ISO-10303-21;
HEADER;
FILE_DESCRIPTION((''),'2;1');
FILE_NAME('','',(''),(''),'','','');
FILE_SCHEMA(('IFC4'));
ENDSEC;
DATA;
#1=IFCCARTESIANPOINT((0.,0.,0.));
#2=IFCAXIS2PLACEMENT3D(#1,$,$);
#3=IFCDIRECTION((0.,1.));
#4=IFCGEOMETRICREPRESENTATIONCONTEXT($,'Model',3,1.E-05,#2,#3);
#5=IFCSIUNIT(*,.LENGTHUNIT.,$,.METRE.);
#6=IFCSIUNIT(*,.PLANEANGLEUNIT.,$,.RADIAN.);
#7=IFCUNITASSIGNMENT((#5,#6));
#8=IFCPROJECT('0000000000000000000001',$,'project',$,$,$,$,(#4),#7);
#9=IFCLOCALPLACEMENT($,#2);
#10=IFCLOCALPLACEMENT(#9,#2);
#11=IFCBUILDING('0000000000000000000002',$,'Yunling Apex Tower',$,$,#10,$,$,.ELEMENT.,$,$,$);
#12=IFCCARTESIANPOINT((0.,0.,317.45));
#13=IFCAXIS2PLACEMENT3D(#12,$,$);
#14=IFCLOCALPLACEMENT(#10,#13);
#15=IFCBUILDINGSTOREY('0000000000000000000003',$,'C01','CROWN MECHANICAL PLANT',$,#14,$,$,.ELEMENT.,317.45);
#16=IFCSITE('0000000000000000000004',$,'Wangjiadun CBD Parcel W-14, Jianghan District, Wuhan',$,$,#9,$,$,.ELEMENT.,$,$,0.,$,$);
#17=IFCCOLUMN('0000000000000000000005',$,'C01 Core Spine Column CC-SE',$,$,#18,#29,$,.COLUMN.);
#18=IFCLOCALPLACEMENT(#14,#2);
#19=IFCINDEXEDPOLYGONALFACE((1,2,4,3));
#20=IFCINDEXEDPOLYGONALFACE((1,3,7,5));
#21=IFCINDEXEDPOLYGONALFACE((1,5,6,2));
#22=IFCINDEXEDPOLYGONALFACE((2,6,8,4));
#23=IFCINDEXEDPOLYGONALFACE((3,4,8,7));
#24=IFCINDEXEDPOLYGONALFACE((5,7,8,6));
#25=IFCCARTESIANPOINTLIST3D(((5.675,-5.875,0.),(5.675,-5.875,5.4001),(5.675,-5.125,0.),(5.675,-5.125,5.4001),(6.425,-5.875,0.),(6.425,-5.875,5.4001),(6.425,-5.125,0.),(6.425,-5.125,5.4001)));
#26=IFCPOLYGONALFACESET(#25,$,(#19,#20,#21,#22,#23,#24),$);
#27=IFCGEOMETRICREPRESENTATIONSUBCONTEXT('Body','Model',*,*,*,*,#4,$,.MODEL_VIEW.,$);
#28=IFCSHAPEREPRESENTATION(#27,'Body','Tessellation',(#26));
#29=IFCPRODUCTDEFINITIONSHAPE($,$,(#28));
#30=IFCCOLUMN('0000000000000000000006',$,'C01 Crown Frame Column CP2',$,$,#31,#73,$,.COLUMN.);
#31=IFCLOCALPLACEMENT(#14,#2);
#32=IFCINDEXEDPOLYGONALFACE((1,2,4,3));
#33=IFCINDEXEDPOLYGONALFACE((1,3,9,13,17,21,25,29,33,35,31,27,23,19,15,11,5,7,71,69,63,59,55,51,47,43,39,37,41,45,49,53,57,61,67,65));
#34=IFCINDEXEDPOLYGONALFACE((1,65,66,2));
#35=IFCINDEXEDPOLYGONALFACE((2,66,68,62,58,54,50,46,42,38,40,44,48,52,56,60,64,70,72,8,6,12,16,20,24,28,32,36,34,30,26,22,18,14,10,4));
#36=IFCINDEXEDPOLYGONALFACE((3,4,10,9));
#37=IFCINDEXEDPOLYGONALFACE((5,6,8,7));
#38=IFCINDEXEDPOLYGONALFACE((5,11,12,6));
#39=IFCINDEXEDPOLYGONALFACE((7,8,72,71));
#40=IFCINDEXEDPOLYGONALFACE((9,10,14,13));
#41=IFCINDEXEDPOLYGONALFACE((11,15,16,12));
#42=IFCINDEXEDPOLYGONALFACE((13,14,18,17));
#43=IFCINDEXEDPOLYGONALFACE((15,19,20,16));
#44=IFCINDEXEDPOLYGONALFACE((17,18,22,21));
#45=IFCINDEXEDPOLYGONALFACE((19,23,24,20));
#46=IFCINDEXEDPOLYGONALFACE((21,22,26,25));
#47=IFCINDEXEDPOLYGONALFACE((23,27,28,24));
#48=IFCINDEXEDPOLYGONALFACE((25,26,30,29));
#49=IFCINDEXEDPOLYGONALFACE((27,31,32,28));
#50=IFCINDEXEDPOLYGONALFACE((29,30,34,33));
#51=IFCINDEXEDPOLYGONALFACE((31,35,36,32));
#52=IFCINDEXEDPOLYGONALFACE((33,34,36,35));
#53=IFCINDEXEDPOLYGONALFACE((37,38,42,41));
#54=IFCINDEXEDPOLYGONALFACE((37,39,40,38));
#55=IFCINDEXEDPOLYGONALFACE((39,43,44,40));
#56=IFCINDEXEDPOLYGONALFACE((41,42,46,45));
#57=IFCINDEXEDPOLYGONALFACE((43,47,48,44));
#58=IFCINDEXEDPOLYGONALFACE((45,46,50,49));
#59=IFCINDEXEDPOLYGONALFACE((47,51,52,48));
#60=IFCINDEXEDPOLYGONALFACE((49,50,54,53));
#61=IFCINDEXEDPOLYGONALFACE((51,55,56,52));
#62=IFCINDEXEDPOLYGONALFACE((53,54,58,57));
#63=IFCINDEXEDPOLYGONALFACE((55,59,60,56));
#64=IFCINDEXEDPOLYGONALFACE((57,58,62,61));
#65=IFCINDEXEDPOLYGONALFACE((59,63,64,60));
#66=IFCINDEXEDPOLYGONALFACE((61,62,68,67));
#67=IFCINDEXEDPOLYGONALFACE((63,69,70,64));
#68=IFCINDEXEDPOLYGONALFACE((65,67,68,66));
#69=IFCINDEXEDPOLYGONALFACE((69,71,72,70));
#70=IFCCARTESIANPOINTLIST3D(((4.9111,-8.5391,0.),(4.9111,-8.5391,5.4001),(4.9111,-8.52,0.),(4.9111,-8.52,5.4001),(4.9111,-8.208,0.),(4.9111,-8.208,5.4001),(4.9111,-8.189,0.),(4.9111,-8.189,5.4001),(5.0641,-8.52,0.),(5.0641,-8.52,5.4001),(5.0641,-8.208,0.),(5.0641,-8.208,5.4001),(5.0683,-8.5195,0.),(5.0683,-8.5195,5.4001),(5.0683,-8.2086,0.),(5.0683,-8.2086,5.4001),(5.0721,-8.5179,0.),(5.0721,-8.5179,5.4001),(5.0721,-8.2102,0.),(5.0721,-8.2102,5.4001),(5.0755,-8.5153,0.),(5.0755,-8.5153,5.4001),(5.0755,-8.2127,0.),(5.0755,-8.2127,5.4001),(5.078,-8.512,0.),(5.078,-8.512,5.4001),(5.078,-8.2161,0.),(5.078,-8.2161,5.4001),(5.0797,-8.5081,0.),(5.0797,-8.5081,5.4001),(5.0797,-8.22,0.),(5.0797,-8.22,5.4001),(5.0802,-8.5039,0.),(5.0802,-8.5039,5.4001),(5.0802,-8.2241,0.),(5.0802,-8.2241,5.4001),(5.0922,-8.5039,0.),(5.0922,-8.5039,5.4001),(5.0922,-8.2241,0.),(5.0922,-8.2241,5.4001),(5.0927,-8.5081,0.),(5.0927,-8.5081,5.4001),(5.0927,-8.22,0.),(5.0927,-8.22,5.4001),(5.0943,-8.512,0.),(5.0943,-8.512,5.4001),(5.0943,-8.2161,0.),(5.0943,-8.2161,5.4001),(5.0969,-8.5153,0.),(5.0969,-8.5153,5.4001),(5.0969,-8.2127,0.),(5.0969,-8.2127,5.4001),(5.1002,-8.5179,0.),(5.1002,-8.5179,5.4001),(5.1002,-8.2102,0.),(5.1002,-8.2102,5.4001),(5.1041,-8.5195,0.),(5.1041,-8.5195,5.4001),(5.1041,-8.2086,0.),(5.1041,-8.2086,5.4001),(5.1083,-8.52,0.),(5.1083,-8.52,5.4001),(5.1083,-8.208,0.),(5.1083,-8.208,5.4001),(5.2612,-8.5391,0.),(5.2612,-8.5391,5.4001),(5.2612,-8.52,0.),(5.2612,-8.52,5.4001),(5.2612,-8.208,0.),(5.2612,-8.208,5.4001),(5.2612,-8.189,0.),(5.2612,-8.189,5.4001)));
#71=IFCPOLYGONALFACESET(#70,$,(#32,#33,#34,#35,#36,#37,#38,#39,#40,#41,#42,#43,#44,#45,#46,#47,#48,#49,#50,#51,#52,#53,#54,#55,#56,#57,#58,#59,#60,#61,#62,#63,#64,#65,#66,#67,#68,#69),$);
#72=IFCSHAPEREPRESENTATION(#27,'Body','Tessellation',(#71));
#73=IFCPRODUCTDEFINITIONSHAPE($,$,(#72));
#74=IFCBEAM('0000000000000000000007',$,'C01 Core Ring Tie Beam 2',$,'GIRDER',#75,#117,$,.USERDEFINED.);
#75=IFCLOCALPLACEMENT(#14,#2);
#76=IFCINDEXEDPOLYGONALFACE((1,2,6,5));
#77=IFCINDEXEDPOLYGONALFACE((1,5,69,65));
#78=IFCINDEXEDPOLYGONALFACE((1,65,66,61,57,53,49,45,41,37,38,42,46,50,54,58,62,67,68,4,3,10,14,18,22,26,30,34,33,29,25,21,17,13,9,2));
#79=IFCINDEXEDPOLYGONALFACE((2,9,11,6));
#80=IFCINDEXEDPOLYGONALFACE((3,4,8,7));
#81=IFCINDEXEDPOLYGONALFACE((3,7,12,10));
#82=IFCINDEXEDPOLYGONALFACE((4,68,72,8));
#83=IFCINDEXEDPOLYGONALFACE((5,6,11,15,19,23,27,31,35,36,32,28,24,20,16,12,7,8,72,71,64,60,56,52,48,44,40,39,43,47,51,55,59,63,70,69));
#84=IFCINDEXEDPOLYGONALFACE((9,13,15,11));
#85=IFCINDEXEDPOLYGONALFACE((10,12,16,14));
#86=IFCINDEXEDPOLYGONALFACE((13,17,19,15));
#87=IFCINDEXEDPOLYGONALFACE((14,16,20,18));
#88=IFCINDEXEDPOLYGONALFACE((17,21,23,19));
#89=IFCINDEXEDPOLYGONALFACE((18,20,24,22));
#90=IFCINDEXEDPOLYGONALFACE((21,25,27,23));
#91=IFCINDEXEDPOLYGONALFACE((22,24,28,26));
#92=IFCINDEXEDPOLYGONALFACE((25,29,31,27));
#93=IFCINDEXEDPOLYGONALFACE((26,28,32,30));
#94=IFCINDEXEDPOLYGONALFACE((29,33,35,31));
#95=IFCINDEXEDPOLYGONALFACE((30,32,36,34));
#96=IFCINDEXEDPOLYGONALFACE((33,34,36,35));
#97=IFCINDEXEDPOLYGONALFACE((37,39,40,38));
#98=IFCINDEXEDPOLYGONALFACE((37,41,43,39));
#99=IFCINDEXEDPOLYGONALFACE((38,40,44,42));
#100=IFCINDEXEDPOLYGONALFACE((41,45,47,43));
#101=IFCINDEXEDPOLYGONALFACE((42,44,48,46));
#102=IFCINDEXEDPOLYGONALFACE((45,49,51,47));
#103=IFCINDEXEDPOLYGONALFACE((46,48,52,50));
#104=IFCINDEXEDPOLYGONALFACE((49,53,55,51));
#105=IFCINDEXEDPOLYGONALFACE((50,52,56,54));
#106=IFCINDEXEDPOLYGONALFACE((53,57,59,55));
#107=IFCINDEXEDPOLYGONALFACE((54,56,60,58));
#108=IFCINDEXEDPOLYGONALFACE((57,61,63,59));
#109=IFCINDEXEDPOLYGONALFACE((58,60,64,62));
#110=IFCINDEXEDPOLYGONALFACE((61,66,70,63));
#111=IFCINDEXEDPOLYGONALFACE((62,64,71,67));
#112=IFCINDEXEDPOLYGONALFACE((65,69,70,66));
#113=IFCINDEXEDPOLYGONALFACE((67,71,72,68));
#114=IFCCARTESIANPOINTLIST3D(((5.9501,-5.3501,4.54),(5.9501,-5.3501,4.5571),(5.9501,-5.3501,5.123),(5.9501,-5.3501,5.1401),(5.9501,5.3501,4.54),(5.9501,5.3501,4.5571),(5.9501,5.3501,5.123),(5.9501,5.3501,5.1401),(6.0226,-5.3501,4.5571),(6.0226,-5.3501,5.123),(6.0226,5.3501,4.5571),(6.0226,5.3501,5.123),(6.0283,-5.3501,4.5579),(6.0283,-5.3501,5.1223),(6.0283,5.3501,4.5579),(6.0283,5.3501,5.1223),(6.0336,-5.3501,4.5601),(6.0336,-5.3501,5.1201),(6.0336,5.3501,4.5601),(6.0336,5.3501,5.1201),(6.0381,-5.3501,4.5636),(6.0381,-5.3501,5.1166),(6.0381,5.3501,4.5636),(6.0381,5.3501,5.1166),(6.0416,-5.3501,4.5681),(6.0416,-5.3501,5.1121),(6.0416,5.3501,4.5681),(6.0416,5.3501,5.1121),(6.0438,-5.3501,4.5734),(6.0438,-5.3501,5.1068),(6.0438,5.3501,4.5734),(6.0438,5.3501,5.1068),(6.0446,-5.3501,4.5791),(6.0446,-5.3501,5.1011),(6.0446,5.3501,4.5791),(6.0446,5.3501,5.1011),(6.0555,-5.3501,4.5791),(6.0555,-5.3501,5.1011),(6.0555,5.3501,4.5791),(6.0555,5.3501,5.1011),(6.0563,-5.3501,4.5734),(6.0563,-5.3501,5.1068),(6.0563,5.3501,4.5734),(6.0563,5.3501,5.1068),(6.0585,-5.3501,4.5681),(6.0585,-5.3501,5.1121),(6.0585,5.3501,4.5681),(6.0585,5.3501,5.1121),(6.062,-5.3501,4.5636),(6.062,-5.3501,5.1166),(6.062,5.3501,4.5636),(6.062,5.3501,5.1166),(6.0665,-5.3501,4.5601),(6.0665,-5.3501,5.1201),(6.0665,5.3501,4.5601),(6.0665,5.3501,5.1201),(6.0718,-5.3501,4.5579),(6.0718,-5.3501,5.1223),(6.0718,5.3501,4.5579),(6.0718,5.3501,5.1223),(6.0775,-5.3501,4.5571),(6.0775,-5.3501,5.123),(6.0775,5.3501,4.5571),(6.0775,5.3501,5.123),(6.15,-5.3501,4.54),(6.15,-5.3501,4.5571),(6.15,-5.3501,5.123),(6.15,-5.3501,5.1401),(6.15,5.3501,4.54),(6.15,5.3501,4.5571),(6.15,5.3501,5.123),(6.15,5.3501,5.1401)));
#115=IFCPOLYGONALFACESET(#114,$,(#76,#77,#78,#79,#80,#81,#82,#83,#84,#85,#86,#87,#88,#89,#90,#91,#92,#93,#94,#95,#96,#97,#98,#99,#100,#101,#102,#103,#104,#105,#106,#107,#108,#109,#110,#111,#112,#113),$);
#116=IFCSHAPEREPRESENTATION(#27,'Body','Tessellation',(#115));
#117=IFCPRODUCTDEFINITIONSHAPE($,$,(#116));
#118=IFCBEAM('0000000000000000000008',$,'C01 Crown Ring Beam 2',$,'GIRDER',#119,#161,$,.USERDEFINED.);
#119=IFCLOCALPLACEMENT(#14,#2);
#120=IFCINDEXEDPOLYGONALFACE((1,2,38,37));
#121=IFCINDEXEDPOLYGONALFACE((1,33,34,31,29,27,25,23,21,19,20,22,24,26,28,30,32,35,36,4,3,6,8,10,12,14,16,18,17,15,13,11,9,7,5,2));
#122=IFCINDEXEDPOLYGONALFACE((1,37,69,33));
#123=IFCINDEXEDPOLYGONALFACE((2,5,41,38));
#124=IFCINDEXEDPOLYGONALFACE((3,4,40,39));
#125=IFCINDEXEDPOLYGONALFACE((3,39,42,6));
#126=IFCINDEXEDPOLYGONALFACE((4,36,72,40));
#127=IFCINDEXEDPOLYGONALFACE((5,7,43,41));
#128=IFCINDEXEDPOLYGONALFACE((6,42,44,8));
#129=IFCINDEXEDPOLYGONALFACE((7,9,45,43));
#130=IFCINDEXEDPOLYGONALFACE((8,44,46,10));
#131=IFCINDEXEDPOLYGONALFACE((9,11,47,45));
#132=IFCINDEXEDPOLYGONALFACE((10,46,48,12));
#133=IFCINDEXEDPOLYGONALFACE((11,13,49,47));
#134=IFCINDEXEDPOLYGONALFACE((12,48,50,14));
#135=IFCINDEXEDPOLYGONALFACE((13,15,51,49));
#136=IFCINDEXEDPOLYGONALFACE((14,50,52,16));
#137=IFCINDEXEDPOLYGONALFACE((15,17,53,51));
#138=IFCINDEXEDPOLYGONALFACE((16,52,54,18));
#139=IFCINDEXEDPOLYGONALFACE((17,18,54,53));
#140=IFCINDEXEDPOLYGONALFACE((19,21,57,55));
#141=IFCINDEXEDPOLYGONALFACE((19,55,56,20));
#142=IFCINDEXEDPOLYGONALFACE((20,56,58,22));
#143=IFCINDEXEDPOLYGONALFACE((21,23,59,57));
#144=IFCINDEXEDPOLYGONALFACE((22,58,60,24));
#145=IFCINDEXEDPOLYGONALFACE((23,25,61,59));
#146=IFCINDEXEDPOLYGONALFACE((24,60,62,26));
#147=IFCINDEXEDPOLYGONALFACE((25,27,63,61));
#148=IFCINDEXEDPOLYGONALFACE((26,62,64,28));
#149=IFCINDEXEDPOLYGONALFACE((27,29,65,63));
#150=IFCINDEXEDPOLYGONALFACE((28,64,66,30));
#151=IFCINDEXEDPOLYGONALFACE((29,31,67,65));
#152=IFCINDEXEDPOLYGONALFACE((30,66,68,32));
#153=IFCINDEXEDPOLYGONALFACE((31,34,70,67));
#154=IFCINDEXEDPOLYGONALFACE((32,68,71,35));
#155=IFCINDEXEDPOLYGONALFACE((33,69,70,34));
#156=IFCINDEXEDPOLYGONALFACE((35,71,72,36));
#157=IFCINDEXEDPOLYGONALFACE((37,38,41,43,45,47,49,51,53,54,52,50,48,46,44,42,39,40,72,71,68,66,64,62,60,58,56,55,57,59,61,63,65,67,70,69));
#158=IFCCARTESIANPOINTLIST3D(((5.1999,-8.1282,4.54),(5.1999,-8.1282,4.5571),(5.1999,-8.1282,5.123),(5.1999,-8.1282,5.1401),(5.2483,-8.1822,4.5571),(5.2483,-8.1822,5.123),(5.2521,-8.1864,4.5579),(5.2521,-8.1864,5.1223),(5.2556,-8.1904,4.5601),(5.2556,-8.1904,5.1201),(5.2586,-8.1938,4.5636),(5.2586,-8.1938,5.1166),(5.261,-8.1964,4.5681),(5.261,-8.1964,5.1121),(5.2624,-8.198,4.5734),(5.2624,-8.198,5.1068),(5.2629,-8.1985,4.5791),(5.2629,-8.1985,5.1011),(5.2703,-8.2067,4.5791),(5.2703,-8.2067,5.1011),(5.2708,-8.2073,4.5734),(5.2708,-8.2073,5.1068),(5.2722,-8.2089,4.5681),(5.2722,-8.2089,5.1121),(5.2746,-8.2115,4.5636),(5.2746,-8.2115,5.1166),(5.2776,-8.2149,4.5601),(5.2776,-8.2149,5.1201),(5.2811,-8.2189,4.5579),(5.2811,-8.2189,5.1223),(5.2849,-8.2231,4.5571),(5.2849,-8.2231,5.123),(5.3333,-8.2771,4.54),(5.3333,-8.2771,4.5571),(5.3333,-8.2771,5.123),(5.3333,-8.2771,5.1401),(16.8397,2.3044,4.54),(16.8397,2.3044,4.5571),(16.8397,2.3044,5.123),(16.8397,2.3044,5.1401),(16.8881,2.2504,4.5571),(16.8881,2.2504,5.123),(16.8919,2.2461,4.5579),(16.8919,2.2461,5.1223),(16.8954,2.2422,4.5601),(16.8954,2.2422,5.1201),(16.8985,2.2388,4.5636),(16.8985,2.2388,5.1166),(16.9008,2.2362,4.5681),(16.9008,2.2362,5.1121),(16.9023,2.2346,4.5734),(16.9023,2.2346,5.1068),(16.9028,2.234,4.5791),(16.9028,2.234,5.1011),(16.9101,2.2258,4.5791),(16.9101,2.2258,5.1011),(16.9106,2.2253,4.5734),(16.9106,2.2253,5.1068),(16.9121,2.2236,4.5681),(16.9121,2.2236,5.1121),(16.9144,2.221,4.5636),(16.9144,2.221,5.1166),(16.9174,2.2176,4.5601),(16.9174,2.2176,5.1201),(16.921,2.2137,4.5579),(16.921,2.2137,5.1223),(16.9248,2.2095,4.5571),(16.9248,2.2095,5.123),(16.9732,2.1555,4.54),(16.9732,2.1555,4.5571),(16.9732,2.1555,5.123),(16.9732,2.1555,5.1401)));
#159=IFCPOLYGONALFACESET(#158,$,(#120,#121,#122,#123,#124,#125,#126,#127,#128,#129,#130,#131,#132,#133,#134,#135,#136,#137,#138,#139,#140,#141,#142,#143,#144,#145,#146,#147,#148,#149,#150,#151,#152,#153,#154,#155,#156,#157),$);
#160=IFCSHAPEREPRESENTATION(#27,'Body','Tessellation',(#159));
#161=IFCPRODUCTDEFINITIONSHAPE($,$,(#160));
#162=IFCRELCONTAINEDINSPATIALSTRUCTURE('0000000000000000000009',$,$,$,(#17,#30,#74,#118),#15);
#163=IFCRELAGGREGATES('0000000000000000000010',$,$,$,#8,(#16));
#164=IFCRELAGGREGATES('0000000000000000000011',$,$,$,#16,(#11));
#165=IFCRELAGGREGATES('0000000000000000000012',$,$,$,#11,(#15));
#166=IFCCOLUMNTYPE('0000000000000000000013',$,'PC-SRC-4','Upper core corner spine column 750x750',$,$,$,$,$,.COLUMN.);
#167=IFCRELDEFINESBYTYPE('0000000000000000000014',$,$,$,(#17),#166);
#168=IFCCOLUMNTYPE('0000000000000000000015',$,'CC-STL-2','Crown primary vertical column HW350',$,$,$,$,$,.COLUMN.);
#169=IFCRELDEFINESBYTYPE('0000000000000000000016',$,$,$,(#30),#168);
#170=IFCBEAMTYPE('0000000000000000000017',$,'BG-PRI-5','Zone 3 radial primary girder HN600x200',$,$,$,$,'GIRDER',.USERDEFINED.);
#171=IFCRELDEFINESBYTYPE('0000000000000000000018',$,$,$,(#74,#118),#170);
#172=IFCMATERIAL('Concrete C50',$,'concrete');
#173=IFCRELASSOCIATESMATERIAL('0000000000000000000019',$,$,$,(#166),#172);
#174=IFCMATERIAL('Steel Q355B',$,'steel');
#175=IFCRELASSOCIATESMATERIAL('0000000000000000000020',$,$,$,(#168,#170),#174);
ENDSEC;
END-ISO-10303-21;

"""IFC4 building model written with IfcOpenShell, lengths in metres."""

from ifc_helpers import new_model, si_unit, direction, frame, origin, origin_2d, place, context, subcontext, project, spatial, rectangle, i_section, extrude, source, transform, mapped, material, material_profile, profile_set, type_object, element, save


model = new_model("IFC4")

# Units and contexts
model_context = context("Model", 3, precision=1e-05, world=origin(), true_north=direction((0.0, 1.0)))
body_context = subcontext(model_context, "Body", "Model", "MODEL_VIEW")
ifc_project = project(units=[si_unit("LENGTHUNIT", "METRE"), si_unit("PLANEANGLEUNIT", "RADIAN")], contexts=[model_context])

# Site, building, storey
site_placement = place(None, origin())
site = spatial("IfcSite", under=ifc_project, at=site_placement, Name="Wangjiadun CBD Parcel W-14, Jianghan District, Wuhan", CompositionType="ELEMENT", RefElevation=0.0)
building_placement = place(site_placement, origin())
building = spatial("IfcBuilding", under=site, at=building_placement, Name="Yunling Apex Tower", CompositionType="ELEMENT")
storey_placement = place(building_placement, frame((0.0, 0.0, 317.45)))
storey = spatial("IfcBuildingStorey", under=building, at=storey_placement, Name="C01", Description="CROWN MECHANICAL PLANT", CompositionType="ELEMENT", Elevation=317.45)

# Columns
ifc_material_1 = material(Name="Concrete C50", Category="concrete")
ifc_material_profile_1 = material_profile(ifc_material_1, rectangle(XDim=0.75, YDim=0.75, at=origin_2d()))
ifc_profile_set_1 = profile_set([ifc_material_profile_1], Name="Concrete C50")
column_type_1 = type_object("IfcColumnType", Name="PC-SRC-4", Description="Upper core corner spine column 750x750", PredefinedType="COLUMN", material=ifc_profile_set_1)
shared_shape_1 = source(origin(), body_context, "Body", "SweptSolid", [
    extrude(rectangle(XDim=0.75, YDim=0.75, at=origin_2d()), origin(), (0.0, 0.0, 1.0), 5.4001),
])
column_1_placement = place(storey_placement, frame((6.05, -5.5, 0.0), z_axis=(0.0, 0.0, 1.0), x_axis=(1.0, 0.0, 0.0)))
element("IfcColumn", 1, at=column_1_placement, inside=storey, type_object=column_type_1, Name="C01 Core Spine Column CC-SE", PredefinedType="COLUMN", context=body_context, shape_type="MappedRepresentation", body=[
    mapped(shared_shape_1, transform((0.0, 0.0, 0.0), scale=1.0)),
])
ifc_material_2 = material(Name="Steel Q355B", Category="steel")
ifc_material_profile_2 = material_profile(ifc_material_2, i_section(OverallWidth=0.3501, OverallDepth=0.3501, WebThickness=0.012, FlangeThickness=0.019, FilletRadius=0.0161, at=origin_2d()))
ifc_profile_set_2 = profile_set([ifc_material_profile_2], Name="Steel Q355B")
column_type_2 = type_object("IfcColumnType", Name="CC-STL-2", Description="Crown primary vertical column HW350", PredefinedType="COLUMN", material=ifc_profile_set_2)
shared_shape_2 = source(origin(), body_context, "Body", "SweptSolid", [
    extrude(i_section(OverallWidth=0.3501, OverallDepth=0.3501, WebThickness=0.012, FlangeThickness=0.019, FilletRadius=0.0161, at=origin_2d()), origin(), (0.0, 0.0, 1.0), 5.4001),
])
column_2_placement = place(storey_placement, frame((5.0862, -8.364, 0.0), z_axis=(0.0, 0.0, 1.0), x_axis=(1.0, 0.0, 0.0)))
element("IfcColumn", 2, at=column_2_placement, inside=storey, type_object=column_type_2, Name="C01 Crown Frame Column CP2", PredefinedType="COLUMN", context=body_context, shape_type="MappedRepresentation", body=[
    mapped(shared_shape_2, transform((0.0, 0.0, 0.0), scale=1.0)),
])

# Beams
ifc_material_profile_3 = material_profile(ifc_material_2, i_section(OverallWidth=0.2, OverallDepth=0.6001, WebThickness=0.011, FlangeThickness=0.0171, FilletRadius=0.022, at=origin_2d()))
ifc_profile_set_3 = profile_set([ifc_material_profile_3], Name="Steel Q355B")
beam_type = type_object("IfcBeamType", Name="BG-PRI-5", Description="Zone 3 radial primary girder HN600x200", ElementType="GIRDER", PredefinedType="USERDEFINED", material=ifc_profile_set_3)
shared_shape_3 = source(origin(), body_context, "Body", "SweptSolid", [
    extrude(i_section(OverallWidth=0.2, OverallDepth=0.6001, WebThickness=0.011, FlangeThickness=0.0171, FilletRadius=0.022, at=origin_2d()), origin(), (0.0, 0.0, 1.0), 10.7002),
])
beam_1_placement = place(storey_placement, frame((6.05, -5.3501, 4.8401), z_axis=(0.0, 1.0, 0.0), x_axis=(-1.0, 0.0, 0.0)))
element("IfcBeam", 3, at=beam_1_placement, inside=storey, type_object=beam_type, Name="C01 Core Ring Tie Beam 2", ObjectType="GIRDER", PredefinedType="USERDEFINED", context=body_context, shape_type="MappedRepresentation", body=[
    mapped(shared_shape_3, transform((0.0, 0.0, 0.0), scale=1.0)),
])
shared_shape_4 = source(origin(), body_context, "Body", "SweptSolid", [
    extrude(i_section(OverallWidth=0.2, OverallDepth=0.6001, WebThickness=0.011, FlangeThickness=0.0171, FilletRadius=0.022, at=origin_2d()), origin(), (0.0, 0.0, 1.0), 15.6309),
])
beam_2_placement = place(storey_placement, frame((5.2666, -8.2026, 4.8401), z_axis=(0.74467, 0.667433, 0.0), x_axis=(-0.667433, 0.74467, 0.0)))
element("IfcBeam", 4, at=beam_2_placement, inside=storey, type_object=beam_type, Name="C01 Crown Ring Beam 2", ObjectType="GIRDER", PredefinedType="USERDEFINED", context=body_context, shape_type="MappedRepresentation", body=[
    mapped(shared_shape_4, transform((0.0, 0.0, 0.0), scale=1.0)),
])

save(model, "model.ifc")
